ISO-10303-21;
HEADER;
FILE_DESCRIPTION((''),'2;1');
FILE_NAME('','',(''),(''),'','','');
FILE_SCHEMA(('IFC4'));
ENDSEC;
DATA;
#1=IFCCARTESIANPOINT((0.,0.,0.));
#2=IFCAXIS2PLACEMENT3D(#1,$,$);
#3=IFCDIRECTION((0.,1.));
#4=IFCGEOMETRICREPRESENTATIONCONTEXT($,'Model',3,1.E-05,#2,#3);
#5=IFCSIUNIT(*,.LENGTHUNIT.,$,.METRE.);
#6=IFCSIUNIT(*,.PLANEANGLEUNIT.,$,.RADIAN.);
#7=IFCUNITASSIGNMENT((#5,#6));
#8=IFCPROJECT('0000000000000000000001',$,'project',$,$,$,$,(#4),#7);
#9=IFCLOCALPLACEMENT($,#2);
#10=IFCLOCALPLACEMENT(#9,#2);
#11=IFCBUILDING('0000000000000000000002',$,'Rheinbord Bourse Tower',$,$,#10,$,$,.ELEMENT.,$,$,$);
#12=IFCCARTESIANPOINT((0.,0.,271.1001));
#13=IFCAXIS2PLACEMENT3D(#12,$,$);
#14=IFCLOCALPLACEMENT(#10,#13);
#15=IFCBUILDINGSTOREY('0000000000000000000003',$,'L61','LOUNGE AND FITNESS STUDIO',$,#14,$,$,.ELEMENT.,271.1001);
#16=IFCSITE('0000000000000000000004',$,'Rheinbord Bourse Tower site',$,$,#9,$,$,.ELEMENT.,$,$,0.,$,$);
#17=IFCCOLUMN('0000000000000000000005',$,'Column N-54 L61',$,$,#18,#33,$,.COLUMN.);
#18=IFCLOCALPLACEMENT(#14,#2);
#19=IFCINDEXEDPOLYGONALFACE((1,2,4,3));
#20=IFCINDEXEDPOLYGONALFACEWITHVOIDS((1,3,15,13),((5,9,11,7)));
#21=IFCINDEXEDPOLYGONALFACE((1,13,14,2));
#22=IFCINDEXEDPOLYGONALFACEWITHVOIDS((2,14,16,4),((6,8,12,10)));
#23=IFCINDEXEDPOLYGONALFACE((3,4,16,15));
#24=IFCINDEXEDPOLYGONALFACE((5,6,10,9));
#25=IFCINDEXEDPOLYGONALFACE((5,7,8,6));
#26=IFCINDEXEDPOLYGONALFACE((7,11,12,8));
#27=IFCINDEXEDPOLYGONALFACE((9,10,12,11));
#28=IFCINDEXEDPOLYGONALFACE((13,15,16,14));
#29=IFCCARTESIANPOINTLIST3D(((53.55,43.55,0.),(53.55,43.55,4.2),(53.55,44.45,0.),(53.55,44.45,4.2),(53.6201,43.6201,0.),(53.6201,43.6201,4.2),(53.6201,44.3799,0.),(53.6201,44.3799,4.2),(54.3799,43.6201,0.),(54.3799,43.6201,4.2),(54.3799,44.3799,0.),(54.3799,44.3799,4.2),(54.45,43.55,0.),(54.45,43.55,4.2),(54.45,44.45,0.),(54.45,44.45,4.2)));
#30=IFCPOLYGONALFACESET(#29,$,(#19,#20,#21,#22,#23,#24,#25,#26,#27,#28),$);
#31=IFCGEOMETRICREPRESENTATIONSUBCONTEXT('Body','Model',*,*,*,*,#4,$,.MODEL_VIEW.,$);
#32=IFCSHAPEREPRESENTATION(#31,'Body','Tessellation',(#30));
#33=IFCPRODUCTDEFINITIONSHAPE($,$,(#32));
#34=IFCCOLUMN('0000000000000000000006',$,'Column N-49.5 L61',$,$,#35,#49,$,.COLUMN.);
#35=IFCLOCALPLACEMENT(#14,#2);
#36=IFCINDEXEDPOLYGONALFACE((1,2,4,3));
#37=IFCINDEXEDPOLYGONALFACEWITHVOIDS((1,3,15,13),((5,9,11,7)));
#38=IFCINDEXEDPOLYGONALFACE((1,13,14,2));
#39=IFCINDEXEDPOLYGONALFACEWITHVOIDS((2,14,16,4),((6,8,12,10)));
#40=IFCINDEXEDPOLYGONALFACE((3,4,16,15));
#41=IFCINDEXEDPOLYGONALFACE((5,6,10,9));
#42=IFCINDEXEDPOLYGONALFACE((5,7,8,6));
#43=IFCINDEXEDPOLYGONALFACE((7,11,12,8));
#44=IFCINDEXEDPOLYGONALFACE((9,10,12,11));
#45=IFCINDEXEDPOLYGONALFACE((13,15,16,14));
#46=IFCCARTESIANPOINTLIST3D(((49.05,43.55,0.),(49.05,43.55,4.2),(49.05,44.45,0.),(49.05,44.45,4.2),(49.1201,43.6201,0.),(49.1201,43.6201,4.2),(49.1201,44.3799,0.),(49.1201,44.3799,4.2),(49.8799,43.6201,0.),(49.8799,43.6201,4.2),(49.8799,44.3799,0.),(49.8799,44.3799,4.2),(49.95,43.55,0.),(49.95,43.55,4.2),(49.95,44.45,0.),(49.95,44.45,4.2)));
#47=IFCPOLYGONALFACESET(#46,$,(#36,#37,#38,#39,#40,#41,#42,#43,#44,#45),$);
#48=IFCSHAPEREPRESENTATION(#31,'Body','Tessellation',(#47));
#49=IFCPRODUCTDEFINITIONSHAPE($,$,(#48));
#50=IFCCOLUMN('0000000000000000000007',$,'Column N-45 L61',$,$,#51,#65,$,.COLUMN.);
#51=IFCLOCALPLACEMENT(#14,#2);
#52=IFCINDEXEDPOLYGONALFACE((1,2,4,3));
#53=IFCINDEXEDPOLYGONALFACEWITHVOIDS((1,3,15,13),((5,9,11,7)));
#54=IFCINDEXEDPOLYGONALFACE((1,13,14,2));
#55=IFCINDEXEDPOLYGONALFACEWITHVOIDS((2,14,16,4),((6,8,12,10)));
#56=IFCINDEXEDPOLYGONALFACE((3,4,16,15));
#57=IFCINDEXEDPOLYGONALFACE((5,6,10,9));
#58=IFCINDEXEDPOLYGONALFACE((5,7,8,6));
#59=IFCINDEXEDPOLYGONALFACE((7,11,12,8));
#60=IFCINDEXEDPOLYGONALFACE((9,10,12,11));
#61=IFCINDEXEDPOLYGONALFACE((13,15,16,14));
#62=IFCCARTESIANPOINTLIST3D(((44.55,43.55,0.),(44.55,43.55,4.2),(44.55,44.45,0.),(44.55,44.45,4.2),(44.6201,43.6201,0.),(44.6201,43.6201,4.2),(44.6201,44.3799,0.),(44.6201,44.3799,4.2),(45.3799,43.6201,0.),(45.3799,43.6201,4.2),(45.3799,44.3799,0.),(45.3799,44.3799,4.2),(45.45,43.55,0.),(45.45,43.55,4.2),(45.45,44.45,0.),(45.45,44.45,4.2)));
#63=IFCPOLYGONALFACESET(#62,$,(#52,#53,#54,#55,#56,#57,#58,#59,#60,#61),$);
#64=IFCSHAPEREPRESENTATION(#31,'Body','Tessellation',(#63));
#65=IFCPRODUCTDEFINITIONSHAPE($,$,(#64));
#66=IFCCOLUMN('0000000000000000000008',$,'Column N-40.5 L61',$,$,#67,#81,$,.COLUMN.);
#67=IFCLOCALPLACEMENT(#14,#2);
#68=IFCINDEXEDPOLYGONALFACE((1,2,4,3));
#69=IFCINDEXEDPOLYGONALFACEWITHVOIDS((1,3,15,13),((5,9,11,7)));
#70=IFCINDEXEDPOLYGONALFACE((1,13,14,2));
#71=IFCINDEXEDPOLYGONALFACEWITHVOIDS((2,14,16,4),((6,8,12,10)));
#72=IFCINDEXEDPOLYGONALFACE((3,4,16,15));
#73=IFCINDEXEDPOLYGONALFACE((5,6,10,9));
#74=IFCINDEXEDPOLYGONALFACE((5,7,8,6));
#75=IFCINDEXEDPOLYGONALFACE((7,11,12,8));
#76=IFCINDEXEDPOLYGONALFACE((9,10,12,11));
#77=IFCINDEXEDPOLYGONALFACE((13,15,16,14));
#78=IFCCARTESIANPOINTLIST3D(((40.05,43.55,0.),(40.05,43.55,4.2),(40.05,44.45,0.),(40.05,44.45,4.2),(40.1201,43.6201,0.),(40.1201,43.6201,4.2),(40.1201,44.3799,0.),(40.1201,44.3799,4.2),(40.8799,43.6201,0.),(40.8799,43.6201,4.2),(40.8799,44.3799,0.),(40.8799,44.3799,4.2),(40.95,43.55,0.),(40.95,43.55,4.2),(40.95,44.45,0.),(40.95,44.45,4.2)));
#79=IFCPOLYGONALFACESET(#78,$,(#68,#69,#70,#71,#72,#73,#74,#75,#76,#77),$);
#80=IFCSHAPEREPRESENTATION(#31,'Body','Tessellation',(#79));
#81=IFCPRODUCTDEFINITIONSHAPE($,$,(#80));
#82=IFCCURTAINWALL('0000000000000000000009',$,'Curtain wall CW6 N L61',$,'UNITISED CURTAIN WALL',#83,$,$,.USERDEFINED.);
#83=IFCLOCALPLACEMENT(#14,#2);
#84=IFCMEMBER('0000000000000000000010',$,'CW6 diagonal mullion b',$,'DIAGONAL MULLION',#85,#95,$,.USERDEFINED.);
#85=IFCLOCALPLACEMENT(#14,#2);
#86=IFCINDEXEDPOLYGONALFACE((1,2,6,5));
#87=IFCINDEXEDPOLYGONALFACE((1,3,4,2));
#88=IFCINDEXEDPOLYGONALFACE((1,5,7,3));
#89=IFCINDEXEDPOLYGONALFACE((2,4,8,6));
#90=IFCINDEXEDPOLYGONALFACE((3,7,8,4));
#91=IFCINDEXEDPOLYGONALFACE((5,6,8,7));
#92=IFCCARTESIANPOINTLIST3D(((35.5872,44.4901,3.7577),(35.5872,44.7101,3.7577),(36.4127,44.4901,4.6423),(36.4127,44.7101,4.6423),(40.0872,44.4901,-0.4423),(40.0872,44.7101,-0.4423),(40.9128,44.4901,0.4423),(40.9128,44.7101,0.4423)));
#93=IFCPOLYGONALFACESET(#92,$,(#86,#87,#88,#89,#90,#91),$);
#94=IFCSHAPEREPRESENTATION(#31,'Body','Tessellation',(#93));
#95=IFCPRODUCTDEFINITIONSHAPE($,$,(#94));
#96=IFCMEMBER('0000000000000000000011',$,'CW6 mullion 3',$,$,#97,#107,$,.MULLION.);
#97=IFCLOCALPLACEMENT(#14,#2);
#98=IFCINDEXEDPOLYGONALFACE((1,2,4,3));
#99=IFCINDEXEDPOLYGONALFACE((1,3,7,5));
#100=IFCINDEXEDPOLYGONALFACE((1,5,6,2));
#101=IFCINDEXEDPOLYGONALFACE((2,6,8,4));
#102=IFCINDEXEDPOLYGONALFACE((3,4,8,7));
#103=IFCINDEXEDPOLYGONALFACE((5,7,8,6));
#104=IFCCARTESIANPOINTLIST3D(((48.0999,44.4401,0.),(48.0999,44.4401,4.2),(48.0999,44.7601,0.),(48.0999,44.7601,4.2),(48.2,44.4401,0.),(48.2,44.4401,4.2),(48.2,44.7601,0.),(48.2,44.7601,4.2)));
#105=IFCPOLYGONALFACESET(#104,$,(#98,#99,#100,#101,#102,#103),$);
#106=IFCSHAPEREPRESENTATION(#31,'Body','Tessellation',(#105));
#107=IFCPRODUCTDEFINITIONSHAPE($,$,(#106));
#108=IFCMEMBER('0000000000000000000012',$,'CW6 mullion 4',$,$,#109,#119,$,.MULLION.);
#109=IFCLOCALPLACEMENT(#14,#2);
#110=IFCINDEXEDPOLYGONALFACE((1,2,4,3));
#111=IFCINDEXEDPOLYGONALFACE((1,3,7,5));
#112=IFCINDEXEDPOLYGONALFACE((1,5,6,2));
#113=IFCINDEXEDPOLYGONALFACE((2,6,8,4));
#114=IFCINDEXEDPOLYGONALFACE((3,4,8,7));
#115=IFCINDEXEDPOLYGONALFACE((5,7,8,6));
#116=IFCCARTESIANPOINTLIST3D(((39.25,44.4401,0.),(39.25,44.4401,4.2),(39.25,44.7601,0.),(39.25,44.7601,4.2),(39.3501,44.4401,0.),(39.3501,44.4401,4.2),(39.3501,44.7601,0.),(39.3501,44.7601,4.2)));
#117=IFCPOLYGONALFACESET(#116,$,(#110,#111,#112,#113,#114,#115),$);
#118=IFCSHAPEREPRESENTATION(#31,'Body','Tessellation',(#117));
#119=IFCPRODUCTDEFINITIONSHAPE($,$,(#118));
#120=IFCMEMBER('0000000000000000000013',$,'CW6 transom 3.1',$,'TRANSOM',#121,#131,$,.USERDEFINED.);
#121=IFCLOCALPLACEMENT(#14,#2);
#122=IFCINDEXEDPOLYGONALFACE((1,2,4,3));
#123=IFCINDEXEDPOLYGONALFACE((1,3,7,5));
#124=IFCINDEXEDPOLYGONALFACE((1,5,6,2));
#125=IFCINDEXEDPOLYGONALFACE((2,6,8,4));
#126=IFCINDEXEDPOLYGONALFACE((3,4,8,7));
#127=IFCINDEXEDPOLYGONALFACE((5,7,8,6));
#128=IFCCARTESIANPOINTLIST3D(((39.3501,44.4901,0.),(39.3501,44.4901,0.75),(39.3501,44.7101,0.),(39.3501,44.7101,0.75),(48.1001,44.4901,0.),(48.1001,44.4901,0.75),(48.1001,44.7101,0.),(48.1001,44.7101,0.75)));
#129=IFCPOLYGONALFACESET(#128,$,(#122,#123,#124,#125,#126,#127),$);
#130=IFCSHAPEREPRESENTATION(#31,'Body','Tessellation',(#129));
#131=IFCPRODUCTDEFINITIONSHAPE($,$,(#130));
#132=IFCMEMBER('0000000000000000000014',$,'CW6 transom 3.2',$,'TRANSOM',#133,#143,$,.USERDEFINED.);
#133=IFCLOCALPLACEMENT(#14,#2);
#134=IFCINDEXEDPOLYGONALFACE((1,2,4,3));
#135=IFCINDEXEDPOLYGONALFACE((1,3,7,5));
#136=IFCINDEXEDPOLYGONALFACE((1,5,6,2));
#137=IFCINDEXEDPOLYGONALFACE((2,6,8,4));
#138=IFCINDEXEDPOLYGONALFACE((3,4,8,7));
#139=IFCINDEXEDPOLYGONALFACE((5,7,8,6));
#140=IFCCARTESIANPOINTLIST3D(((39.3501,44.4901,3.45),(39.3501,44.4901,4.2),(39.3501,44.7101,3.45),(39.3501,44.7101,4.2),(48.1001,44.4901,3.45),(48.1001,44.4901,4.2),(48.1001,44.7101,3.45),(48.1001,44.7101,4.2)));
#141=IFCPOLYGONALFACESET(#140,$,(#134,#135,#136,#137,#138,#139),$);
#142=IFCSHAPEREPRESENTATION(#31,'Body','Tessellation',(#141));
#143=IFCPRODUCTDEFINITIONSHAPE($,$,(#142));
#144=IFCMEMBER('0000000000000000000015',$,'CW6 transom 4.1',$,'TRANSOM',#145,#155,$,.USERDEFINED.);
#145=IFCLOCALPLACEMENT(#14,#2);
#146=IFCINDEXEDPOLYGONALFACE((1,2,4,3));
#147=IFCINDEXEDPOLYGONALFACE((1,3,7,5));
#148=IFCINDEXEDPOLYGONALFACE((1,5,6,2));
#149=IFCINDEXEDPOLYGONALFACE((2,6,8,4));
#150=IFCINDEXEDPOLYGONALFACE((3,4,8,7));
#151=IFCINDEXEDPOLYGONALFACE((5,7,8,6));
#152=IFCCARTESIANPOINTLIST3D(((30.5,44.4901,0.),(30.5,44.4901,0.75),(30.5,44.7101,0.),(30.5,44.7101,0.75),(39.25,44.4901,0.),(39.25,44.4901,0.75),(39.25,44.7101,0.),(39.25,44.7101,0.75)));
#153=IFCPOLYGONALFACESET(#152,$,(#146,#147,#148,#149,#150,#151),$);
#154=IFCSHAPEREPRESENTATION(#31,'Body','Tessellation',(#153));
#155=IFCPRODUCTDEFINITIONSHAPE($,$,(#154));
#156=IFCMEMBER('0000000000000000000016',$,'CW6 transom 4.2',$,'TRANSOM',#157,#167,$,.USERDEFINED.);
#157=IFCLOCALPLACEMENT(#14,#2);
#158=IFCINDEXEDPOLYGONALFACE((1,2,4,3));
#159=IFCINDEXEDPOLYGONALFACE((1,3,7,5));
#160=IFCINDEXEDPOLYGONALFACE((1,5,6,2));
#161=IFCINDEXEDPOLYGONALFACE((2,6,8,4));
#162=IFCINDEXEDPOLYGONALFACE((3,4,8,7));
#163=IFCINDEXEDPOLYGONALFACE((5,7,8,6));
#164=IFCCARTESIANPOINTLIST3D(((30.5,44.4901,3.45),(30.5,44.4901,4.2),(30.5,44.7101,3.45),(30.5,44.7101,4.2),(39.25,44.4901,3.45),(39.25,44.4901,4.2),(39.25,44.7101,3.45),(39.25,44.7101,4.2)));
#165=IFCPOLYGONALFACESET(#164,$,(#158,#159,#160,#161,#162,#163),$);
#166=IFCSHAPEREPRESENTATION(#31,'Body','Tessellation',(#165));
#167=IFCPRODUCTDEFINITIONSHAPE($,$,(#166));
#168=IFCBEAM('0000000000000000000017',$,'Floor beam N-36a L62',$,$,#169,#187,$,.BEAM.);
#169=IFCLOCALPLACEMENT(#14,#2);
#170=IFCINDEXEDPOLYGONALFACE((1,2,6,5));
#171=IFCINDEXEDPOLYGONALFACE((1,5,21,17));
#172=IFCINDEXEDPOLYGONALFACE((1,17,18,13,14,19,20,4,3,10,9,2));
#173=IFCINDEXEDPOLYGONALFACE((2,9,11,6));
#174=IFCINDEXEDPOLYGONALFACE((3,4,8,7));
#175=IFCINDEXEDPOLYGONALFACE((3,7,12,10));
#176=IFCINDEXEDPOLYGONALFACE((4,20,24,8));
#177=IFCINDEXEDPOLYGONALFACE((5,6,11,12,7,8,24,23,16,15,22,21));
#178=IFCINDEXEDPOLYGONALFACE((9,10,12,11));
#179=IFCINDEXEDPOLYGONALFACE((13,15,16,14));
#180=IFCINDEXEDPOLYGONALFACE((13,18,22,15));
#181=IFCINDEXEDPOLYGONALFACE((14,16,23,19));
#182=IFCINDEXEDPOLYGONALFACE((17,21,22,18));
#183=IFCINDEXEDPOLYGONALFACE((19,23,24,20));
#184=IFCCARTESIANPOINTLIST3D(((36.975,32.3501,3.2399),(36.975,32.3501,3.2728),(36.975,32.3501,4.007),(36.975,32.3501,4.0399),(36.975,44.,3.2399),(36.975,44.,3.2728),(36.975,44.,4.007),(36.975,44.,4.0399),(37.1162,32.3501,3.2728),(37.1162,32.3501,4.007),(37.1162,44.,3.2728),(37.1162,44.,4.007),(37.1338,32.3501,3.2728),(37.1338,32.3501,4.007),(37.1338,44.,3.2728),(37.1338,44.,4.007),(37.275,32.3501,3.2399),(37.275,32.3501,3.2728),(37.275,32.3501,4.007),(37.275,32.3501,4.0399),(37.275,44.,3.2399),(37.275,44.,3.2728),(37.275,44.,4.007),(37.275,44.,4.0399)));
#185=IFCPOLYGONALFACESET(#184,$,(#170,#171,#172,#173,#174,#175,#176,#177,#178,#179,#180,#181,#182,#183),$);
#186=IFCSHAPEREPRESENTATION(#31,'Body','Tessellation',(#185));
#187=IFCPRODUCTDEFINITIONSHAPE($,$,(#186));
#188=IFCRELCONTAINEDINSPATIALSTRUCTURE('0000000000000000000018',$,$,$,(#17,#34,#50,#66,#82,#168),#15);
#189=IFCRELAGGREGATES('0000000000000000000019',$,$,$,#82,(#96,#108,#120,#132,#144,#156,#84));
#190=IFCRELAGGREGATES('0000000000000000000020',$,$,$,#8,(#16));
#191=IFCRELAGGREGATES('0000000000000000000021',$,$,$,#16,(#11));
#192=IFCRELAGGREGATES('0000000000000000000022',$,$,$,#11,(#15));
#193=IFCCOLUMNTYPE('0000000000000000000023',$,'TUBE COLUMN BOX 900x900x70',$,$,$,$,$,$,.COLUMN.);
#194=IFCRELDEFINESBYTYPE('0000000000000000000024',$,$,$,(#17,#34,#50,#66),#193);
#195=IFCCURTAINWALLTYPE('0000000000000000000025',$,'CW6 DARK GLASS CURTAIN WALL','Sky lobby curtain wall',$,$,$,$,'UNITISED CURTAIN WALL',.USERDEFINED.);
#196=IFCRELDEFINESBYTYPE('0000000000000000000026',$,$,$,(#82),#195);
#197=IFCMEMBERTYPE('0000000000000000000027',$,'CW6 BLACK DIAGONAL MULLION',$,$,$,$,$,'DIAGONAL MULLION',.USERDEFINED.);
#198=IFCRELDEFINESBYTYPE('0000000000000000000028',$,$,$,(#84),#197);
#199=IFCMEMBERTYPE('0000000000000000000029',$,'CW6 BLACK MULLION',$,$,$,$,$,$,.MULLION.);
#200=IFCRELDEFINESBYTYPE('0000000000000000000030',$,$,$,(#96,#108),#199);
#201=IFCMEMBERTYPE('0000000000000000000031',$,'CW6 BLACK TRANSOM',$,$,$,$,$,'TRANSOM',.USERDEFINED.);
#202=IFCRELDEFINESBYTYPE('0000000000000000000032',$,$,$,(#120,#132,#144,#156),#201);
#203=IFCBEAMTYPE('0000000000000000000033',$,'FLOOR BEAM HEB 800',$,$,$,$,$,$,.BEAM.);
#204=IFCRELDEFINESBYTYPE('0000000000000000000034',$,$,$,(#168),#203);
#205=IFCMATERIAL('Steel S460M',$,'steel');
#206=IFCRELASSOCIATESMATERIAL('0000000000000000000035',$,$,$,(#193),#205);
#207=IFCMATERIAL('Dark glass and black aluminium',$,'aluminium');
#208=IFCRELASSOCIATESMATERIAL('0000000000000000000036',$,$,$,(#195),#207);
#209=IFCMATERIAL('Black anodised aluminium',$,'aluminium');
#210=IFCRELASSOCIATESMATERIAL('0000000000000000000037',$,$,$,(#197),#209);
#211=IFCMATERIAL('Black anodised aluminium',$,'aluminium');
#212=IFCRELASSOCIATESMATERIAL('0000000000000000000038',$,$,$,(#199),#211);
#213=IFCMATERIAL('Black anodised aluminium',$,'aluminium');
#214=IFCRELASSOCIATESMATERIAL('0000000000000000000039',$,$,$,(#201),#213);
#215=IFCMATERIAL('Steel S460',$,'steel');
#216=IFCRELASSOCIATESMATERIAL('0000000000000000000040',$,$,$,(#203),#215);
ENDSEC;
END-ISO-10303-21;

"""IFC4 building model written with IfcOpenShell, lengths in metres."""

from ifc_helpers import new_model, si_unit, direction, frame, origin, origin_2d, place, context, subcontext, project, spatial, rectangle, hollow_rectangle, i_section, extrude, material, material_profile, profile_set, type_object, element, aggregate, save


model = new_model("IFC4")

# Units and contexts
model_context = context("Model", 3, precision=1e-05, world=origin(), true_north=direction((0.0, 1.0)))
body_context = subcontext(model_context, "Body", "Model", "MODEL_VIEW")
ifc_project = project(units=[si_unit("LENGTHUNIT", "METRE"), si_unit("PLANEANGLEUNIT", "RADIAN")], contexts=[model_context])

# Site, building, storey
site_placement = place(None, origin())
site = spatial("IfcSite", under=ifc_project, at=site_placement, Name="Rheinbord Bourse Tower site", CompositionType="ELEMENT", RefElevation=0.0)
building_placement = place(site_placement, origin())
building = spatial("IfcBuilding", under=site, at=building_placement, Name="Rheinbord Bourse Tower", CompositionType="ELEMENT")
storey_placement = place(building_placement, frame((0.0, 0.0, 271.1001)))
storey = spatial("IfcBuildingStorey", under=building, at=storey_placement, Name="L61", Description="LOUNGE AND FITNESS STUDIO", CompositionType="ELEMENT", Elevation=271.1001)

# Columns
ifc_material_1 = material(Name="Steel S460M", Category="steel")
ifc_material_profile_1 = material_profile(ifc_material_1, hollow_rectangle(XDim=0.8999, YDim=0.8999, WallThickness=0.0701, at=origin_2d()), Name="BOX 900x900x70")
ifc_profile_set_1 = profile_set([ifc_material_profile_1], Name="Steel S460M")
column_type = type_object("IfcColumnType", Name="TUBE COLUMN BOX 900x900x70", PredefinedType="COLUMN", material=ifc_profile_set_1)
for number, where, z_axis, x_axis, name in (
    (1, (54.0, 44.0, 0.0), (0.0, 0.0, 1.0), (0.0, 1.0, 0.0), "Column N-54 L61"),
    (2, (49.5, 44.0, 0.0), (0.0, 0.0, 1.0), (0.0, 1.0, 0.0), "Column N-49.5 L61"),
    (3, (45.0, 44.0, 0.0), (0.0, 0.0, 1.0), (0.0, 1.0, 0.0), "Column N-45 L61"),
    (4, (40.5, 44.0, 0.0), (0.0, 0.0, 1.0), (0.0, 1.0, 0.0), "Column N-40.5 L61"),
):
    element("IfcColumn", number, at=place(storey_placement, frame(where, z_axis=z_axis, x_axis=x_axis)), inside=storey, type_object=column_type, Name=name, PredefinedType="COLUMN", context=body_context, shape_type="SweptSolid", body=[
        extrude(hollow_rectangle(XDim=0.8999, YDim=0.8999, WallThickness=0.0701, at=origin_2d()), origin(), (0.0, 0.0, 1.0), 4.2),
    ])

# Curtain wall, members
ifc_material_2 = material(Name="Dark glass and black aluminium", Category="aluminium")
curtain_wall_type = type_object("IfcCurtainWallType", Name="CW6 DARK GLASS CURTAIN WALL", Description="Sky lobby curtain wall", ElementType="UNITISED CURTAIN WALL", PredefinedType="USERDEFINED", material=ifc_material_2)
curtain_wall_placement = place(storey_placement, origin())
curtain_wall = element("IfcCurtainWall", 5, at=curtain_wall_placement, inside=storey, type_object=curtain_wall_type, Name="Curtain wall CW6 N L61", ObjectType="UNITISED CURTAIN WALL", PredefinedType="USERDEFINED")
ifc_material_3 = material(Name="Black anodised aluminium", Category="aluminium")
ifc_material_profile_2 = material_profile(ifc_material_3, rectangle(XDim=0.22, YDim=1.21, at=origin_2d()), Name="CW6 DIAGONAL MULLION 1210x220")
ifc_profile_set_2 = profile_set([ifc_material_profile_2], Name="Black anodised aluminium")
member_type_1 = type_object("IfcMemberType", Name="CW6 BLACK DIAGONAL MULLION", ElementType="DIAGONAL MULLION", PredefinedType="USERDEFINED", material=ifc_profile_set_2)
member_1_placement = place(storey_placement, frame((40.5, 44.6001, 0.0), z_axis=(-0.731059, 0.0, 0.682314), x_axis=(0.0, -1.0, 0.0)))
member_1 = element("IfcMember", 6, at=member_1_placement, type_object=member_type_1, Name="CW6 diagonal mullion b", ObjectType="DIAGONAL MULLION", PredefinedType="USERDEFINED", context=body_context, shape_type="SweptSolid", body=[
    extrude(rectangle(XDim=0.22, YDim=1.21, at=origin_2d()), origin(), (0.0, 0.0, 1.0), 6.1555),
])
ifc_material_4 = material(Name="Black anodised aluminium", Category="aluminium")
ifc_material_profile_3 = material_profile(ifc_material_4, rectangle(XDim=0.3201, YDim=0.1001, at=origin_2d()), Name="CW6 MULLION 100x320")
ifc_profile_set_3 = profile_set([ifc_material_profile_3], Name="Black anodised aluminium")
member_type_2 = type_object("IfcMemberType", Name="CW6 BLACK MULLION", PredefinedType="MULLION", material=ifc_profile_set_3)
member_2_placement = place(storey_placement, frame((48.1499, 44.6001, 0.0), z_axis=(0.0, 0.0, 1.0), x_axis=(0.0, -1.0, 0.0)))
member_2 = element("IfcMember", 7, at=member_2_placement, type_object=member_type_2, Name="CW6 mullion 3", PredefinedType="MULLION", context=body_context, shape_type="SweptSolid", body=[
    extrude(rectangle(XDim=0.3201, YDim=0.1001, at=origin_2d()), origin(), (0.0, 0.0, 1.0), 4.2),
])
member_3_placement = place(storey_placement, frame((39.3, 44.6001, 0.0), z_axis=(0.0, 0.0, 1.0), x_axis=(0.0, -1.0, 0.0)))
member_3 = element("IfcMember", 8, at=member_3_placement, type_object=member_type_2, Name="CW6 mullion 4", PredefinedType="MULLION", context=body_context, shape_type="SweptSolid", body=[
    extrude(rectangle(XDim=0.3201, YDim=0.1001, at=origin_2d()), origin(), (0.0, 0.0, 1.0), 4.2),
])
ifc_material_5 = material(Name="Black anodised aluminium", Category="aluminium")
ifc_material_profile_4 = material_profile(ifc_material_5, rectangle(XDim=0.22, YDim=0.75, at=origin_2d()), Name="CW6 TRANSOM 750x220")
ifc_profile_set_4 = profile_set([ifc_material_profile_4], Name="Black anodised aluminium")
member_type_3 = type_object("IfcMemberType", Name="CW6 BLACK TRANSOM", ElementType="TRANSOM", PredefinedType="USERDEFINED", material=ifc_profile_set_4)
member_4_placement = place(storey_placement, frame((48.1001, 44.6001, 0.375), z_axis=(-1.0, 0.0, 0.0), x_axis=(0.0, -1.0, 0.0)))
member_4 = element("IfcMember", 9, at=member_4_placement, type_object=member_type_3, Name="CW6 transom 3.1", ObjectType="TRANSOM", PredefinedType="USERDEFINED", context=body_context, shape_type="SweptSolid", body=[
    extrude(rectangle(XDim=0.22, YDim=0.75, at=origin_2d()), origin(), (0.0, 0.0, 1.0), 8.75),
])
member_5_placement = place(storey_placement, frame((48.1001, 44.6001, 3.825), z_axis=(-1.0, 0.0, 0.0), x_axis=(0.0, -1.0, 0.0)))
member_5 = element("IfcMember", 10, at=member_5_placement, type_object=member_type_3, Name="CW6 transom 3.2", ObjectType="TRANSOM", PredefinedType="USERDEFINED", context=body_context, shape_type="SweptSolid", body=[
    extrude(rectangle(XDim=0.22, YDim=0.75, at=origin_2d()), origin(), (0.0, 0.0, 1.0), 8.75),
])
member_6_placement = place(storey_placement, frame((39.25, 44.6001, 0.375), z_axis=(-1.0, 0.0, 0.0), x_axis=(0.0, -1.0, 0.0)))
member_6 = element("IfcMember", 11, at=member_6_placement, type_object=member_type_3, Name="CW6 transom 4.1", ObjectType="TRANSOM", PredefinedType="USERDEFINED", context=body_context, shape_type="SweptSolid", body=[
    extrude(rectangle(XDim=0.22, YDim=0.75, at=origin_2d()), origin(), (0.0, 0.0, 1.0), 8.75),
])
member_7_placement = place(storey_placement, frame((39.25, 44.6001, 3.825), z_axis=(-1.0, 0.0, 0.0), x_axis=(0.0, -1.0, 0.0)))
member_7 = element("IfcMember", 12, at=member_7_placement, type_object=member_type_3, Name="CW6 transom 4.2", ObjectType="TRANSOM", PredefinedType="USERDEFINED", context=body_context, shape_type="SweptSolid", body=[
    extrude(rectangle(XDim=0.22, YDim=0.75, at=origin_2d()), origin(), (0.0, 0.0, 1.0), 8.75),
])

# Beam
ifc_material_6 = material(Name="Steel S460", Category="steel")
ifc_material_profile_5 = material_profile(ifc_material_6, i_section(OverallWidth=0.3, OverallDepth=0.8, WebThickness=0.0176, FlangeThickness=0.033, at=origin_2d()), Name="HEB 800")
ifc_profile_set_5 = profile_set([ifc_material_profile_5], Name="Steel S460")
beam_type_1 = type_object("IfcBeamType", Name="FLOOR BEAM HEB 800", PredefinedType="BEAM", material=ifc_profile_set_5)
for number, where, z_axis, x_axis, name in (
    (13, (37.125, 44.0, 3.6399), (0.0, -1.0, 0.0), (1.0, 0.0, 0.0), "Floor beam N-36a L62"),
):
    element("IfcBeam", number, at=place(storey_placement, frame(where, z_axis=z_axis, x_axis=x_axis)), inside=storey, type_object=beam_type_1, Name=name, PredefinedType="BEAM", context=body_context, shape_type="SweptSolid", body=[
        extrude(i_section(OverallWidth=0.3, OverallDepth=0.8, WebThickness=0.0176, FlangeThickness=0.033, at=origin_2d()), origin(), (0.0, 0.0, 1.0), 11.6499),
    ])

aggregate(curtain_wall, [member_2, member_3, member_4, member_5, member_6, member_7, member_1])

save(model, "model.ifc")
